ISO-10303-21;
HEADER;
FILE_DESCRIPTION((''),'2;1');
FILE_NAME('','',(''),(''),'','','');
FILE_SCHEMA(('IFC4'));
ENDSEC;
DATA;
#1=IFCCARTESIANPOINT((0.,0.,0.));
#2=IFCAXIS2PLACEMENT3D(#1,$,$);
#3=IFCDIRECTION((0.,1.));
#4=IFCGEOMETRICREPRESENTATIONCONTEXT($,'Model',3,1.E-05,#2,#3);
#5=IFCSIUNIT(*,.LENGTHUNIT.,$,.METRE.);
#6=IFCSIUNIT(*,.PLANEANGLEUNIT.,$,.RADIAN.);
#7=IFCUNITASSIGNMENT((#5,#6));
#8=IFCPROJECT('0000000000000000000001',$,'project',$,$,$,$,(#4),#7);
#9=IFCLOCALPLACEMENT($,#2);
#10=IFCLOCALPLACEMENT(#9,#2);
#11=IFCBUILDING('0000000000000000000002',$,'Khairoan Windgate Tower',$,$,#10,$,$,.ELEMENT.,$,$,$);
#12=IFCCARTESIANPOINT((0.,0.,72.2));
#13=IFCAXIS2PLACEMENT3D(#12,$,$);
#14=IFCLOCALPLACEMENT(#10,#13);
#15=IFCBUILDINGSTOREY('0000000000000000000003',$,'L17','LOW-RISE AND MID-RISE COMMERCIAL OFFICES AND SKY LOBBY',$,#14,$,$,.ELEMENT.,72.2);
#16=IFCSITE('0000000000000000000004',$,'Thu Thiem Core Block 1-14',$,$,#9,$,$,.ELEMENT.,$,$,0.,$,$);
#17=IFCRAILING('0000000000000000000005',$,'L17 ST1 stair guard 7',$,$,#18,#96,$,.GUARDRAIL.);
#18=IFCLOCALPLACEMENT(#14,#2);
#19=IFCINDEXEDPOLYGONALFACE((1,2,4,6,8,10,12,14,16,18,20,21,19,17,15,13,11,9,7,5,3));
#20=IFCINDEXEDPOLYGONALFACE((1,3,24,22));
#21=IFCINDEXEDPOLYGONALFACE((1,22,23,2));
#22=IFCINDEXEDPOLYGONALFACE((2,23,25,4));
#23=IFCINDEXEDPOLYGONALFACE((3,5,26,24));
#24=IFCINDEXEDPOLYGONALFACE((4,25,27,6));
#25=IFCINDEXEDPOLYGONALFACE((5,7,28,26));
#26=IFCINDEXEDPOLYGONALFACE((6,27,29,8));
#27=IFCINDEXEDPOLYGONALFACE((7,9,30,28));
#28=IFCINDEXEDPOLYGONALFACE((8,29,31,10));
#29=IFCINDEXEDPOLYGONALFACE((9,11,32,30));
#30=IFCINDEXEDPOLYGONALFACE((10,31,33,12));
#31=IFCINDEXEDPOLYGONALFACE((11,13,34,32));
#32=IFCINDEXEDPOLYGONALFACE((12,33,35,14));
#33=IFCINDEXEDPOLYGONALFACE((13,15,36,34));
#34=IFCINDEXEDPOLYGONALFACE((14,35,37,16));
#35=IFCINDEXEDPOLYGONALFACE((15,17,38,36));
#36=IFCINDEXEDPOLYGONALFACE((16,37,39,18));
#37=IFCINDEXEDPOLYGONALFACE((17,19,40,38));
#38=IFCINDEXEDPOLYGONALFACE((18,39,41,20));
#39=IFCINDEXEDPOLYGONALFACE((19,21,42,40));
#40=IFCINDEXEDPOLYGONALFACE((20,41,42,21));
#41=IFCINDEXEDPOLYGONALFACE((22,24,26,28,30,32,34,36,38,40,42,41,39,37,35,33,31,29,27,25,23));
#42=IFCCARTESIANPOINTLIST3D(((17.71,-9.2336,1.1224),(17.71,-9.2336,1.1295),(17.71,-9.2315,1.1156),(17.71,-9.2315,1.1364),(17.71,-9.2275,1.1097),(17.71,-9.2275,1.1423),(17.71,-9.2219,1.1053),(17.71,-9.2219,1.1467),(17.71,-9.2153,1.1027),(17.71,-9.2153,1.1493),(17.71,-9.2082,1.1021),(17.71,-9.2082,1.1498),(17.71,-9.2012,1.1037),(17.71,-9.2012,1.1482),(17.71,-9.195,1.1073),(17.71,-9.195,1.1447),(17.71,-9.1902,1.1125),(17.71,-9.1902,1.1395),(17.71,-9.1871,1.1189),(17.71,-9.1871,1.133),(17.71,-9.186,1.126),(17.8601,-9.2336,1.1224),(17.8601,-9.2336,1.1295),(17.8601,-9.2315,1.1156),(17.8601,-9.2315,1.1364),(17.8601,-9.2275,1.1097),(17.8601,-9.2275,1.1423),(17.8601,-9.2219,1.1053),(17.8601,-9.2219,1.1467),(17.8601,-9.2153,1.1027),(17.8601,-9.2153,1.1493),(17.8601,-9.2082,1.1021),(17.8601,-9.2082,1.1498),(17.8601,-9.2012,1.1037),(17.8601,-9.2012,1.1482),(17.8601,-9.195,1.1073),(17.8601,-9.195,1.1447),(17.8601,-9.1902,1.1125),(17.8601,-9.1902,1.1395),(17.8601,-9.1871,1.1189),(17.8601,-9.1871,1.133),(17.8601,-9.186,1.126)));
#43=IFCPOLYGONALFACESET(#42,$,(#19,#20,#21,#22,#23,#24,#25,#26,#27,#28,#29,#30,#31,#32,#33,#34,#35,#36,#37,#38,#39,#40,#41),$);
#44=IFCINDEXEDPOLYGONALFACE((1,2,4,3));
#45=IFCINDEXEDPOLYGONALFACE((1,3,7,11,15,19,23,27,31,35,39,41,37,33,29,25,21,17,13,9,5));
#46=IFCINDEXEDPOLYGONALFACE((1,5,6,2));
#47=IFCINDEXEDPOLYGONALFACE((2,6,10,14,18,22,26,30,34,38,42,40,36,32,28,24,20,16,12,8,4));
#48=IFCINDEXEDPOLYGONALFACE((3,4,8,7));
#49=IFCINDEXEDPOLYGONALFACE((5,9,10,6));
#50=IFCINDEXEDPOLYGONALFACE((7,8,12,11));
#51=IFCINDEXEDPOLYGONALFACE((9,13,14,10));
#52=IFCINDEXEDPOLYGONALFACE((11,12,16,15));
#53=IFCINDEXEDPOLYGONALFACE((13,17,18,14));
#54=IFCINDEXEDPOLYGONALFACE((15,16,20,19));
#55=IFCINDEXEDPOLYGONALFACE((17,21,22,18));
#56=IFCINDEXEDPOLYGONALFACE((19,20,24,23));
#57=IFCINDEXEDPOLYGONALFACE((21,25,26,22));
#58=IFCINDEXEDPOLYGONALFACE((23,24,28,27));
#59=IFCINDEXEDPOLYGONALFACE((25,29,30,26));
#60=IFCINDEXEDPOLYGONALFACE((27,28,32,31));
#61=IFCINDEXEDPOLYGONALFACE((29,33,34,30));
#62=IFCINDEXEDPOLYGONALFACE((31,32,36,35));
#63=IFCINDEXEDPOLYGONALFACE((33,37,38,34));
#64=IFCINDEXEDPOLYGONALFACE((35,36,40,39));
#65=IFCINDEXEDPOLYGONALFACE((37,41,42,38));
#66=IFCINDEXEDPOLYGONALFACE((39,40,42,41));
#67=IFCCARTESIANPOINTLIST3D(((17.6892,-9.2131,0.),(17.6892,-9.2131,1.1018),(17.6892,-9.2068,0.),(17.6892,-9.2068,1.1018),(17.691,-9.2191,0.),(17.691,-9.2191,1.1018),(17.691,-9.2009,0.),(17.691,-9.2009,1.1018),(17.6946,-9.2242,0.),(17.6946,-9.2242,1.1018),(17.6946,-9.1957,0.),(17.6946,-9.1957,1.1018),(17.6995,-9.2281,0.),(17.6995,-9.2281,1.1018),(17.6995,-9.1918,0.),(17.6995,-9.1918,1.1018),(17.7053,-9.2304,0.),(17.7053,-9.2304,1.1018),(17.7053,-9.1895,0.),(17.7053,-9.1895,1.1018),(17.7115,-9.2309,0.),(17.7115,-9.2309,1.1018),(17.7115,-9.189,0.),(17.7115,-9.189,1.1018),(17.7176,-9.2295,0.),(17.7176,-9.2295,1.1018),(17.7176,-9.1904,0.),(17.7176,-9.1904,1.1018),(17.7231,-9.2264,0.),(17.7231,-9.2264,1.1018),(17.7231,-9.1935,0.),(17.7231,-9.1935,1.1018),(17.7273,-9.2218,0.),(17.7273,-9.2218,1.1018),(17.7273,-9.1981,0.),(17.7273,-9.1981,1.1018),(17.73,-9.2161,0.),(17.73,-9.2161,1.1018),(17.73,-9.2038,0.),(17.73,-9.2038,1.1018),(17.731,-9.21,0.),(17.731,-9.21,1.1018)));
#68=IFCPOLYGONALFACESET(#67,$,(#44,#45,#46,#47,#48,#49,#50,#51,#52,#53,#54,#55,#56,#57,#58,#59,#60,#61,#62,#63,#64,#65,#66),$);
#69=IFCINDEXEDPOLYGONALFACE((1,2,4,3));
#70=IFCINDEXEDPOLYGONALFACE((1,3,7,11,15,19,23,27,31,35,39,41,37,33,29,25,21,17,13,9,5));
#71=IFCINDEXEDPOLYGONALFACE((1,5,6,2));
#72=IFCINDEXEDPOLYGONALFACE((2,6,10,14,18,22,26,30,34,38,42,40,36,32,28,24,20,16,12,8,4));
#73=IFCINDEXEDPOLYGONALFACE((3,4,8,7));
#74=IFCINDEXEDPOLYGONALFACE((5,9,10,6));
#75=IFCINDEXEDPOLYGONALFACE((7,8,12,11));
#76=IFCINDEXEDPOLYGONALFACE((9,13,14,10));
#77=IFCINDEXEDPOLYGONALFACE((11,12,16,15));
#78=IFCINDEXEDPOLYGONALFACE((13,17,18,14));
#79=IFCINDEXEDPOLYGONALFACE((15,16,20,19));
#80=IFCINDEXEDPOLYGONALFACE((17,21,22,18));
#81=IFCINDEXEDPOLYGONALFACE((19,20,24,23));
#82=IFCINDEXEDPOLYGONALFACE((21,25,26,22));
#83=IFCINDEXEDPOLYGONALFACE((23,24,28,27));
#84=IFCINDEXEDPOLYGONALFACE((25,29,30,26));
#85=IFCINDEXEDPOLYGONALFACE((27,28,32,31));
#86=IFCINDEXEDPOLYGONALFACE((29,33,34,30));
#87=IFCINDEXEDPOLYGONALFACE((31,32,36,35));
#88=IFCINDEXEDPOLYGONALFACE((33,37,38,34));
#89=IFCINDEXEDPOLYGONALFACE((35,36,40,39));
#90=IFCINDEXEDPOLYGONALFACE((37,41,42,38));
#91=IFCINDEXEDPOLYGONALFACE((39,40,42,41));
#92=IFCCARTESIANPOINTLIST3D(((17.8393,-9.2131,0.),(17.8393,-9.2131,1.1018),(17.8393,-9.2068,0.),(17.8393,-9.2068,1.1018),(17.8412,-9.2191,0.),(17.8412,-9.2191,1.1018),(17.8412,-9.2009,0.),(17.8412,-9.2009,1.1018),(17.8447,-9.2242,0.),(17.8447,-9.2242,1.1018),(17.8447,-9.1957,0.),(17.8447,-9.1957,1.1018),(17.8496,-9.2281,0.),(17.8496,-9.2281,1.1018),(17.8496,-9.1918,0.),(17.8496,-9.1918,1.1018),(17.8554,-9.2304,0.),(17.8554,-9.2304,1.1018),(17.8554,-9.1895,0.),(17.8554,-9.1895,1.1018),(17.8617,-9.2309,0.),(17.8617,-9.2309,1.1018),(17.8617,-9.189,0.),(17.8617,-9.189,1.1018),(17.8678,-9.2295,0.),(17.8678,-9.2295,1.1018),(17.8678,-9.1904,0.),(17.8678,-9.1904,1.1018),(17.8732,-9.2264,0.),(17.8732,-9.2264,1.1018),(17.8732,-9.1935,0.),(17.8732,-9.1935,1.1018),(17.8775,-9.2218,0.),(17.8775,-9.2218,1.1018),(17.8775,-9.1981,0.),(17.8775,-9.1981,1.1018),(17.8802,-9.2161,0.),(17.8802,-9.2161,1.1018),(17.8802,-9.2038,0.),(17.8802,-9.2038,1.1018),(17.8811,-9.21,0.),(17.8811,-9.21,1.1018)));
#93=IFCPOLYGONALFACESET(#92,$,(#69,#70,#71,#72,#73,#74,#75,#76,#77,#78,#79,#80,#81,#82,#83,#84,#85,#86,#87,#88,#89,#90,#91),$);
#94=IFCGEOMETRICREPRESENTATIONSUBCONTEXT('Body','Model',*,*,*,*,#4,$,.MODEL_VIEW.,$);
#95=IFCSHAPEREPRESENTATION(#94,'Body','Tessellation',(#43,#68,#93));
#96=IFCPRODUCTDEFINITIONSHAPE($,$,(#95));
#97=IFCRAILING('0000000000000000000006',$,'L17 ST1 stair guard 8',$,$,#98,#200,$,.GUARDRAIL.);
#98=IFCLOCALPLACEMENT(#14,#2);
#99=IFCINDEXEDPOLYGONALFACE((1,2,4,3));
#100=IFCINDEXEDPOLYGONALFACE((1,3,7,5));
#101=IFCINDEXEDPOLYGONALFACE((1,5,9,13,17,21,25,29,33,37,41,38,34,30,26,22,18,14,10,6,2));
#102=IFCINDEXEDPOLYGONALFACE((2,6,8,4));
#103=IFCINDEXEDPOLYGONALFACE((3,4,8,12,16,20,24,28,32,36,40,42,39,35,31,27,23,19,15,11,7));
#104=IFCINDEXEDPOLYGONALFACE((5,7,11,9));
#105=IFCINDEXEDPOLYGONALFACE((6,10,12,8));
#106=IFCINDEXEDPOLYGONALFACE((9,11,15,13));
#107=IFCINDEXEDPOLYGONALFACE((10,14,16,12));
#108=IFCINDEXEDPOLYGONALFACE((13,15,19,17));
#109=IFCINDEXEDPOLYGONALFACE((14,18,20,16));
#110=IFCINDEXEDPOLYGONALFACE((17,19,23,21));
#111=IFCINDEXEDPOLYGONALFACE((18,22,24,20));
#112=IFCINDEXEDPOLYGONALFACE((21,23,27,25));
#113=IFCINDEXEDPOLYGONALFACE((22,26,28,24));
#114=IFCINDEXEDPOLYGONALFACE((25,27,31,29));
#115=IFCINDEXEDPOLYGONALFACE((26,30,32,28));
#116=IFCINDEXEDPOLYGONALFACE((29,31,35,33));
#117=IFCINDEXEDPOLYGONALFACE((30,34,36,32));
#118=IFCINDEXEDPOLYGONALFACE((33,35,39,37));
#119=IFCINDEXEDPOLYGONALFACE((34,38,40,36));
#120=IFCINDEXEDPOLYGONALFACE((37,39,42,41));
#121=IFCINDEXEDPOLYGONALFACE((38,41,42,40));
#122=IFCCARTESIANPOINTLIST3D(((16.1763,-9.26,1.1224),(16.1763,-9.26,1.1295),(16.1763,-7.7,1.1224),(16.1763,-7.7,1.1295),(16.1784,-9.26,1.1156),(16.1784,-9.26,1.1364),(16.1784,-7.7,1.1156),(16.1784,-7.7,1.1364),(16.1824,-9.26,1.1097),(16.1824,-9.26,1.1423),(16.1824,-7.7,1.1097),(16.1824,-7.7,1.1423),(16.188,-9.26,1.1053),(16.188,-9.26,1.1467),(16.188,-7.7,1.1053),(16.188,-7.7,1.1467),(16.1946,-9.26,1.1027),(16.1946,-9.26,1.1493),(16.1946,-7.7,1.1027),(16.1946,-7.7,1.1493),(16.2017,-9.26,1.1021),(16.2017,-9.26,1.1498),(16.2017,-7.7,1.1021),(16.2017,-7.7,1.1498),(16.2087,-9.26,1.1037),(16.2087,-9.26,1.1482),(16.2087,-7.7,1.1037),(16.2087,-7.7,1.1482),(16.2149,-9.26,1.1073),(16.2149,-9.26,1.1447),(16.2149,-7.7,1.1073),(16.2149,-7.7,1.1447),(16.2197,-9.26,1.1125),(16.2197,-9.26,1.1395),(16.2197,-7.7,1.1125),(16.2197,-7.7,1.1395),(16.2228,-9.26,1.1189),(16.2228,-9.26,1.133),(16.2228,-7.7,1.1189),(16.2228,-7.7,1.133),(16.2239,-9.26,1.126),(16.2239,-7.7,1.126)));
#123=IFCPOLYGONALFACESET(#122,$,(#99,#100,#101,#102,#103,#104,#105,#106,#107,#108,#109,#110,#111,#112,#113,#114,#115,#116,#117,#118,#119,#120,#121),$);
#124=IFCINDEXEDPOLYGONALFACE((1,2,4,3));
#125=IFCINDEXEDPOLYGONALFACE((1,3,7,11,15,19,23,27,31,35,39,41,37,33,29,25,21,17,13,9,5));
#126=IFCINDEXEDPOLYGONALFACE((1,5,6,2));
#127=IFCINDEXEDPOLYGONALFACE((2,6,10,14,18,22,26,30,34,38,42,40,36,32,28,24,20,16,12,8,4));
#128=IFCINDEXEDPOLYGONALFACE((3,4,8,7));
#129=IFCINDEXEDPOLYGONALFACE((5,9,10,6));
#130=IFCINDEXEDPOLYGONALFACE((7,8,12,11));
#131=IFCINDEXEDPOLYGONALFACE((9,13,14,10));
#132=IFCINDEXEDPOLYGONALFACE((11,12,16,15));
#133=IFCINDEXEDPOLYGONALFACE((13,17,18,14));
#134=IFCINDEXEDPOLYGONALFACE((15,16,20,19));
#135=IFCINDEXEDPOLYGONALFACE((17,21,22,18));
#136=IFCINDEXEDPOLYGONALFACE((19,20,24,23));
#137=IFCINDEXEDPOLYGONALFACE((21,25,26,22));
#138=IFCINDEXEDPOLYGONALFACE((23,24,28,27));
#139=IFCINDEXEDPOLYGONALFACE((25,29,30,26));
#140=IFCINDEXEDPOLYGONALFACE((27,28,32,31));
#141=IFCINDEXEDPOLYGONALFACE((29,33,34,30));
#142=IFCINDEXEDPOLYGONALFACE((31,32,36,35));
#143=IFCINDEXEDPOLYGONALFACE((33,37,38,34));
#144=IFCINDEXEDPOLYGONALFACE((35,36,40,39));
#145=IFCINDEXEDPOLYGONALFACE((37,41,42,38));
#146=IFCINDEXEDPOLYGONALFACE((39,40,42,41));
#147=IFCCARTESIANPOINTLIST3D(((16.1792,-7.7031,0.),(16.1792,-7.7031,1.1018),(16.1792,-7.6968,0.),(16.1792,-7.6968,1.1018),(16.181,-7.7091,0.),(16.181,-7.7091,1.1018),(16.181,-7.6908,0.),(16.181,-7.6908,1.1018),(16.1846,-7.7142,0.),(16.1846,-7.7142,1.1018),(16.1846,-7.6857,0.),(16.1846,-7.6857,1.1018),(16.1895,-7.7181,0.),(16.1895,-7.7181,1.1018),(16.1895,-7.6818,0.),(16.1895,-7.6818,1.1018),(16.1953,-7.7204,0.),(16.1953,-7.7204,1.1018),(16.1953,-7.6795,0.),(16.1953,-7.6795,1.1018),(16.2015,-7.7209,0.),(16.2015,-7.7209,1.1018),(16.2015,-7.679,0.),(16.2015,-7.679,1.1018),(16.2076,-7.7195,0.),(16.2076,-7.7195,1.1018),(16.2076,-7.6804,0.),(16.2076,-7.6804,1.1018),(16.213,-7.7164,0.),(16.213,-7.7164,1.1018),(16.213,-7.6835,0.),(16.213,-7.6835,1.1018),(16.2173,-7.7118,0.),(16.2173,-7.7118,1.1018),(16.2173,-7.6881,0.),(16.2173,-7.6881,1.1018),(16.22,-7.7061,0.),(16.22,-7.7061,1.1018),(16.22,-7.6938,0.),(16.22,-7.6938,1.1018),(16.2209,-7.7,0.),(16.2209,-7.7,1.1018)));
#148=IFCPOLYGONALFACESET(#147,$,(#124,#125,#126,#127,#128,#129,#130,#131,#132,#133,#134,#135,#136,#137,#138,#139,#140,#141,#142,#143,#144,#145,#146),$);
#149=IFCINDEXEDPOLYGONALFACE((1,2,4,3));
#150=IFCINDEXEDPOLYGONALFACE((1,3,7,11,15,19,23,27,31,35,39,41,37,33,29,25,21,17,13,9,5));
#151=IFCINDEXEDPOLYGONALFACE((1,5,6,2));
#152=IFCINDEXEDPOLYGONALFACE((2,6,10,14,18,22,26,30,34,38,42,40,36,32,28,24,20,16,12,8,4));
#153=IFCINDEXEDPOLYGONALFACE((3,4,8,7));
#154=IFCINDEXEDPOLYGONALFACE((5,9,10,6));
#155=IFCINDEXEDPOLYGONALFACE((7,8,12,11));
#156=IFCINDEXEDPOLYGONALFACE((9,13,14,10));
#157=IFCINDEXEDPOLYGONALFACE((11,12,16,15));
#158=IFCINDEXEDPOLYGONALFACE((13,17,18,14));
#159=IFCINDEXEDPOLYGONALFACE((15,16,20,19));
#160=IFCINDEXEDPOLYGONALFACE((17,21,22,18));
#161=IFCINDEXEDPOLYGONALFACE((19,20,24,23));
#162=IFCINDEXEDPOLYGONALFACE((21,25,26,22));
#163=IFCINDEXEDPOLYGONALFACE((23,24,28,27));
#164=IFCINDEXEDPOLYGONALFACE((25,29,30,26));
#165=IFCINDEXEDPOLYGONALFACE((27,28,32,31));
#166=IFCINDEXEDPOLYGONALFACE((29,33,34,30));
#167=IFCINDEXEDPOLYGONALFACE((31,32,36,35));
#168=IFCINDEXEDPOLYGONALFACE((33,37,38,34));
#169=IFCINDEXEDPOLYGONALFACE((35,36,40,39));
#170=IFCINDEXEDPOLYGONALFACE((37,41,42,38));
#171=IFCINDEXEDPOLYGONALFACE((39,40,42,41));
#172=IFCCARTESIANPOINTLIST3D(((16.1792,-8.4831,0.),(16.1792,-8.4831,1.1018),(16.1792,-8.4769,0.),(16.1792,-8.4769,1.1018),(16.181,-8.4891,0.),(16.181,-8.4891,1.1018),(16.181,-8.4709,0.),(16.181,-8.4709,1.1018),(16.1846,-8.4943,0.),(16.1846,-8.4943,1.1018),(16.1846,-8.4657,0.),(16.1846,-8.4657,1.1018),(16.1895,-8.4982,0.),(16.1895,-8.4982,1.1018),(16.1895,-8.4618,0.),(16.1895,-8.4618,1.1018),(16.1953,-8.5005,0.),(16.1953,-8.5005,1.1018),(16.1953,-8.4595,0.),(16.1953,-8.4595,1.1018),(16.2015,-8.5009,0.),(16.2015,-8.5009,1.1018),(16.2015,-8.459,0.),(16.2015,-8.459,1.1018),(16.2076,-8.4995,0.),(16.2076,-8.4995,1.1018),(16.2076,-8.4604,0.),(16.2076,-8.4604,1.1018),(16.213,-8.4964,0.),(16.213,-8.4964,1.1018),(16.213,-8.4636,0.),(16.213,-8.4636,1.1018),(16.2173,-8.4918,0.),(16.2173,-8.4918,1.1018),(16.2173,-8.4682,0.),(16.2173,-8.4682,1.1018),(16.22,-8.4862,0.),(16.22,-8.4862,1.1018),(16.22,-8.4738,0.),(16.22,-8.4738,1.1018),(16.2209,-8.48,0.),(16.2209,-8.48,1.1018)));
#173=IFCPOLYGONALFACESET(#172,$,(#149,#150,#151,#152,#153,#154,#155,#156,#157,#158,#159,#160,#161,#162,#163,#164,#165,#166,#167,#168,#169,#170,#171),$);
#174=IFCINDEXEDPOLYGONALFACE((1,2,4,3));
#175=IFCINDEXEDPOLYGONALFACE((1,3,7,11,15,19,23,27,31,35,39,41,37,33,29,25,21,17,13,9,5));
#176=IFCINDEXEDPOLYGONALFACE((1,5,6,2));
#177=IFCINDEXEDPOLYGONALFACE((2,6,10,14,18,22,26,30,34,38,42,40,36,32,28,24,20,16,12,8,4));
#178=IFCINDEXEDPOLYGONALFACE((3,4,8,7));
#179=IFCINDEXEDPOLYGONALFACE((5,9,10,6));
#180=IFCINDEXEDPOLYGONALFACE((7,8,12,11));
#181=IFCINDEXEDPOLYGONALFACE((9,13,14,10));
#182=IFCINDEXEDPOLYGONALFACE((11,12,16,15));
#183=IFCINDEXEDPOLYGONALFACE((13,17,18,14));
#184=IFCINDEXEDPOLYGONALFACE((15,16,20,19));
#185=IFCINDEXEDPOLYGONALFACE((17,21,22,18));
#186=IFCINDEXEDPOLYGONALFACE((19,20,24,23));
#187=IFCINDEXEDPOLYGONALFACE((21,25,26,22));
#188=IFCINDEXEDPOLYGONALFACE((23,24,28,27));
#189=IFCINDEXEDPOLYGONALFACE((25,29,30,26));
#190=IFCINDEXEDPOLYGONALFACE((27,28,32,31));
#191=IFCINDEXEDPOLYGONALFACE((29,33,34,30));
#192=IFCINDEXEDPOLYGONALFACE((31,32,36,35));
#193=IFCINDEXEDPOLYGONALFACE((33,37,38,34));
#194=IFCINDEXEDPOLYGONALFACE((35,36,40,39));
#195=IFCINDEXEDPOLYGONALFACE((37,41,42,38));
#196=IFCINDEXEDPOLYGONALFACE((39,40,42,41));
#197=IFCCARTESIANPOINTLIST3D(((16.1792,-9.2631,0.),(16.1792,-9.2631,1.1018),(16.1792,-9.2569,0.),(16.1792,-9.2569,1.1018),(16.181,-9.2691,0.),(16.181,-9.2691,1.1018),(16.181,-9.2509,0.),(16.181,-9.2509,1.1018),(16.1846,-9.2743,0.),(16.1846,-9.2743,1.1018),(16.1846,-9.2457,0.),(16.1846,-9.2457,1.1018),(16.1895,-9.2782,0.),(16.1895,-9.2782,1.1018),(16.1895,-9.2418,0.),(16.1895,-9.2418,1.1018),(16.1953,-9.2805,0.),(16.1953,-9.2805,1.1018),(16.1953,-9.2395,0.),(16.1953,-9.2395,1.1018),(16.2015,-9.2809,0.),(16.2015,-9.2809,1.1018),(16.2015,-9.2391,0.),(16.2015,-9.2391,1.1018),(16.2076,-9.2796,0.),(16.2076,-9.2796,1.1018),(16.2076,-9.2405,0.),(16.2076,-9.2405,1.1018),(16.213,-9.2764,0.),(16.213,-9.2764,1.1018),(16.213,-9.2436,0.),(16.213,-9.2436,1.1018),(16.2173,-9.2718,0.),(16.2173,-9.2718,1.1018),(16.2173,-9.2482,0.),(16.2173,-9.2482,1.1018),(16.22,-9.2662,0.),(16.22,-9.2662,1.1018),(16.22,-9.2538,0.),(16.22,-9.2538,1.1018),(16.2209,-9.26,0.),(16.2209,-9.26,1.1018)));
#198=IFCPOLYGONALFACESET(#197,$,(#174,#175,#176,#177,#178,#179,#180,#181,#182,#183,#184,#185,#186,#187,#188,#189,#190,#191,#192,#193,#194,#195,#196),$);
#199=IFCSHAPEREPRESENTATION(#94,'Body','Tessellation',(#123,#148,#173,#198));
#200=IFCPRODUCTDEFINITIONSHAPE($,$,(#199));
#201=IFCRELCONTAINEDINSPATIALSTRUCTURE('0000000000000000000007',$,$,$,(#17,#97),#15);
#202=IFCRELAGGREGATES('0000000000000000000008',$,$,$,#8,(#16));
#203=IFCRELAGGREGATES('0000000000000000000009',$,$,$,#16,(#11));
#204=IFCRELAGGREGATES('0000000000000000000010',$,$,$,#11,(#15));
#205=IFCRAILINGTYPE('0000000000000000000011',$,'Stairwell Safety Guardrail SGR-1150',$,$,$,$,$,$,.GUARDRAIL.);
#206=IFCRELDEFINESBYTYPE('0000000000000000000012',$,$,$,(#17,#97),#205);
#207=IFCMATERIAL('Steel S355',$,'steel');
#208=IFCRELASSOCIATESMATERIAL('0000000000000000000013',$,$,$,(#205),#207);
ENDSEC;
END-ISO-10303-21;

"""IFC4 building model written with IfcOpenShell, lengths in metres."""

from ifc_helpers import new_model, si_unit, direction, frame, origin, origin_2d, place, context, subcontext, project, spatial, circle, extrude, material, type_object, element, save


model = new_model("IFC4")

# Units and contexts
model_context = context("Model", 3, precision=1e-05, world=origin(), true_north=direction((0.0, 1.0)))
body_context = subcontext(model_context, "Body", "Model", "MODEL_VIEW")
ifc_project = project(units=[si_unit("LENGTHUNIT", "METRE"), si_unit("PLANEANGLEUNIT", "RADIAN")], contexts=[model_context])

# Site, building, storey
site_placement = place(None, origin())
site = spatial("IfcSite", under=ifc_project, at=site_placement, Name="Thu Thiem Core Block 1-14", CompositionType="ELEMENT", RefElevation=0.0)
building_placement = place(site_placement, origin())
building = spatial("IfcBuilding", under=site, at=building_placement, Name="Khairoan Windgate Tower", CompositionType="ELEMENT")
storey_placement = place(building_placement, frame((0.0, 0.0, 72.2)))
storey = spatial("IfcBuildingStorey", under=building, at=storey_placement, Name="L17", Description="LOW-RISE AND MID-RISE COMMERCIAL OFFICES AND SKY LOBBY", CompositionType="ELEMENT", Elevation=72.2)

# Railings
ifc_material_1 = material(Name="Steel S355", Category="steel")
railing_type_1 = type_object("IfcRailingType", Name="Stairwell Safety Guardrail SGR-1150", PredefinedType="GUARDRAIL", material=ifc_material_1)
railing_1_placement = place(storey_placement, frame((17.71, -9.21, 0.0)))
element("IfcRailing", 1, at=railing_1_placement, inside=storey, type_object=railing_type_1, Name="L17 ST1 stair guard 7", PredefinedType="GUARDRAIL", context=body_context, shape_type="SweptSolid", body=[
    extrude(circle(Radius=0.0239, at=origin_2d()), frame((0.0, 0.0, 1.126), z_axis=(1.0, 0.0, 0.0), x_axis=(0.0, 1.0, 0.0)), (0.0, 0.0, 1.0), 0.1501),
    extrude(circle(Radius=0.021, at=origin_2d()), origin(), (0.0, 0.0, 1.0), 1.1018),
    extrude(circle(Radius=0.021, at=origin_2d()), frame((0.1501, 0.0, 0.0)), (0.0, 0.0, 1.0), 1.1018),
])
for number, where, name in (
    (2, (16.2, -7.7, 0.0), "L17 ST1 stair guard 8"),
):
    element("IfcRailing", number, at=place(storey_placement, frame(where)), inside=storey, type_object=railing_type_1, Name=name, PredefinedType="GUARDRAIL", context=body_context, shape_type="SweptSolid", body=[
        extrude(circle(Radius=0.0239, at=origin_2d()), frame((0.0, 0.0, 1.126), z_axis=(0.0, -1.0, 0.0), x_axis=(1.0, 0.0, 0.0)), (0.0, 0.0, 1.0), 1.5601),
        extrude(circle(Radius=0.021, at=origin_2d()), origin(), (0.0, 0.0, 1.0), 1.1018),
        extrude(circle(Radius=0.021, at=origin_2d()), frame((0.0, -0.78, 0.0)), (0.0, 0.0, 1.0), 1.1018),
        extrude(circle(Radius=0.021, at=origin_2d()), frame((0.0, -1.5601, 0.0)), (0.0, 0.0, 1.0), 1.1018),
    ])

save(model, "model.ifc")
